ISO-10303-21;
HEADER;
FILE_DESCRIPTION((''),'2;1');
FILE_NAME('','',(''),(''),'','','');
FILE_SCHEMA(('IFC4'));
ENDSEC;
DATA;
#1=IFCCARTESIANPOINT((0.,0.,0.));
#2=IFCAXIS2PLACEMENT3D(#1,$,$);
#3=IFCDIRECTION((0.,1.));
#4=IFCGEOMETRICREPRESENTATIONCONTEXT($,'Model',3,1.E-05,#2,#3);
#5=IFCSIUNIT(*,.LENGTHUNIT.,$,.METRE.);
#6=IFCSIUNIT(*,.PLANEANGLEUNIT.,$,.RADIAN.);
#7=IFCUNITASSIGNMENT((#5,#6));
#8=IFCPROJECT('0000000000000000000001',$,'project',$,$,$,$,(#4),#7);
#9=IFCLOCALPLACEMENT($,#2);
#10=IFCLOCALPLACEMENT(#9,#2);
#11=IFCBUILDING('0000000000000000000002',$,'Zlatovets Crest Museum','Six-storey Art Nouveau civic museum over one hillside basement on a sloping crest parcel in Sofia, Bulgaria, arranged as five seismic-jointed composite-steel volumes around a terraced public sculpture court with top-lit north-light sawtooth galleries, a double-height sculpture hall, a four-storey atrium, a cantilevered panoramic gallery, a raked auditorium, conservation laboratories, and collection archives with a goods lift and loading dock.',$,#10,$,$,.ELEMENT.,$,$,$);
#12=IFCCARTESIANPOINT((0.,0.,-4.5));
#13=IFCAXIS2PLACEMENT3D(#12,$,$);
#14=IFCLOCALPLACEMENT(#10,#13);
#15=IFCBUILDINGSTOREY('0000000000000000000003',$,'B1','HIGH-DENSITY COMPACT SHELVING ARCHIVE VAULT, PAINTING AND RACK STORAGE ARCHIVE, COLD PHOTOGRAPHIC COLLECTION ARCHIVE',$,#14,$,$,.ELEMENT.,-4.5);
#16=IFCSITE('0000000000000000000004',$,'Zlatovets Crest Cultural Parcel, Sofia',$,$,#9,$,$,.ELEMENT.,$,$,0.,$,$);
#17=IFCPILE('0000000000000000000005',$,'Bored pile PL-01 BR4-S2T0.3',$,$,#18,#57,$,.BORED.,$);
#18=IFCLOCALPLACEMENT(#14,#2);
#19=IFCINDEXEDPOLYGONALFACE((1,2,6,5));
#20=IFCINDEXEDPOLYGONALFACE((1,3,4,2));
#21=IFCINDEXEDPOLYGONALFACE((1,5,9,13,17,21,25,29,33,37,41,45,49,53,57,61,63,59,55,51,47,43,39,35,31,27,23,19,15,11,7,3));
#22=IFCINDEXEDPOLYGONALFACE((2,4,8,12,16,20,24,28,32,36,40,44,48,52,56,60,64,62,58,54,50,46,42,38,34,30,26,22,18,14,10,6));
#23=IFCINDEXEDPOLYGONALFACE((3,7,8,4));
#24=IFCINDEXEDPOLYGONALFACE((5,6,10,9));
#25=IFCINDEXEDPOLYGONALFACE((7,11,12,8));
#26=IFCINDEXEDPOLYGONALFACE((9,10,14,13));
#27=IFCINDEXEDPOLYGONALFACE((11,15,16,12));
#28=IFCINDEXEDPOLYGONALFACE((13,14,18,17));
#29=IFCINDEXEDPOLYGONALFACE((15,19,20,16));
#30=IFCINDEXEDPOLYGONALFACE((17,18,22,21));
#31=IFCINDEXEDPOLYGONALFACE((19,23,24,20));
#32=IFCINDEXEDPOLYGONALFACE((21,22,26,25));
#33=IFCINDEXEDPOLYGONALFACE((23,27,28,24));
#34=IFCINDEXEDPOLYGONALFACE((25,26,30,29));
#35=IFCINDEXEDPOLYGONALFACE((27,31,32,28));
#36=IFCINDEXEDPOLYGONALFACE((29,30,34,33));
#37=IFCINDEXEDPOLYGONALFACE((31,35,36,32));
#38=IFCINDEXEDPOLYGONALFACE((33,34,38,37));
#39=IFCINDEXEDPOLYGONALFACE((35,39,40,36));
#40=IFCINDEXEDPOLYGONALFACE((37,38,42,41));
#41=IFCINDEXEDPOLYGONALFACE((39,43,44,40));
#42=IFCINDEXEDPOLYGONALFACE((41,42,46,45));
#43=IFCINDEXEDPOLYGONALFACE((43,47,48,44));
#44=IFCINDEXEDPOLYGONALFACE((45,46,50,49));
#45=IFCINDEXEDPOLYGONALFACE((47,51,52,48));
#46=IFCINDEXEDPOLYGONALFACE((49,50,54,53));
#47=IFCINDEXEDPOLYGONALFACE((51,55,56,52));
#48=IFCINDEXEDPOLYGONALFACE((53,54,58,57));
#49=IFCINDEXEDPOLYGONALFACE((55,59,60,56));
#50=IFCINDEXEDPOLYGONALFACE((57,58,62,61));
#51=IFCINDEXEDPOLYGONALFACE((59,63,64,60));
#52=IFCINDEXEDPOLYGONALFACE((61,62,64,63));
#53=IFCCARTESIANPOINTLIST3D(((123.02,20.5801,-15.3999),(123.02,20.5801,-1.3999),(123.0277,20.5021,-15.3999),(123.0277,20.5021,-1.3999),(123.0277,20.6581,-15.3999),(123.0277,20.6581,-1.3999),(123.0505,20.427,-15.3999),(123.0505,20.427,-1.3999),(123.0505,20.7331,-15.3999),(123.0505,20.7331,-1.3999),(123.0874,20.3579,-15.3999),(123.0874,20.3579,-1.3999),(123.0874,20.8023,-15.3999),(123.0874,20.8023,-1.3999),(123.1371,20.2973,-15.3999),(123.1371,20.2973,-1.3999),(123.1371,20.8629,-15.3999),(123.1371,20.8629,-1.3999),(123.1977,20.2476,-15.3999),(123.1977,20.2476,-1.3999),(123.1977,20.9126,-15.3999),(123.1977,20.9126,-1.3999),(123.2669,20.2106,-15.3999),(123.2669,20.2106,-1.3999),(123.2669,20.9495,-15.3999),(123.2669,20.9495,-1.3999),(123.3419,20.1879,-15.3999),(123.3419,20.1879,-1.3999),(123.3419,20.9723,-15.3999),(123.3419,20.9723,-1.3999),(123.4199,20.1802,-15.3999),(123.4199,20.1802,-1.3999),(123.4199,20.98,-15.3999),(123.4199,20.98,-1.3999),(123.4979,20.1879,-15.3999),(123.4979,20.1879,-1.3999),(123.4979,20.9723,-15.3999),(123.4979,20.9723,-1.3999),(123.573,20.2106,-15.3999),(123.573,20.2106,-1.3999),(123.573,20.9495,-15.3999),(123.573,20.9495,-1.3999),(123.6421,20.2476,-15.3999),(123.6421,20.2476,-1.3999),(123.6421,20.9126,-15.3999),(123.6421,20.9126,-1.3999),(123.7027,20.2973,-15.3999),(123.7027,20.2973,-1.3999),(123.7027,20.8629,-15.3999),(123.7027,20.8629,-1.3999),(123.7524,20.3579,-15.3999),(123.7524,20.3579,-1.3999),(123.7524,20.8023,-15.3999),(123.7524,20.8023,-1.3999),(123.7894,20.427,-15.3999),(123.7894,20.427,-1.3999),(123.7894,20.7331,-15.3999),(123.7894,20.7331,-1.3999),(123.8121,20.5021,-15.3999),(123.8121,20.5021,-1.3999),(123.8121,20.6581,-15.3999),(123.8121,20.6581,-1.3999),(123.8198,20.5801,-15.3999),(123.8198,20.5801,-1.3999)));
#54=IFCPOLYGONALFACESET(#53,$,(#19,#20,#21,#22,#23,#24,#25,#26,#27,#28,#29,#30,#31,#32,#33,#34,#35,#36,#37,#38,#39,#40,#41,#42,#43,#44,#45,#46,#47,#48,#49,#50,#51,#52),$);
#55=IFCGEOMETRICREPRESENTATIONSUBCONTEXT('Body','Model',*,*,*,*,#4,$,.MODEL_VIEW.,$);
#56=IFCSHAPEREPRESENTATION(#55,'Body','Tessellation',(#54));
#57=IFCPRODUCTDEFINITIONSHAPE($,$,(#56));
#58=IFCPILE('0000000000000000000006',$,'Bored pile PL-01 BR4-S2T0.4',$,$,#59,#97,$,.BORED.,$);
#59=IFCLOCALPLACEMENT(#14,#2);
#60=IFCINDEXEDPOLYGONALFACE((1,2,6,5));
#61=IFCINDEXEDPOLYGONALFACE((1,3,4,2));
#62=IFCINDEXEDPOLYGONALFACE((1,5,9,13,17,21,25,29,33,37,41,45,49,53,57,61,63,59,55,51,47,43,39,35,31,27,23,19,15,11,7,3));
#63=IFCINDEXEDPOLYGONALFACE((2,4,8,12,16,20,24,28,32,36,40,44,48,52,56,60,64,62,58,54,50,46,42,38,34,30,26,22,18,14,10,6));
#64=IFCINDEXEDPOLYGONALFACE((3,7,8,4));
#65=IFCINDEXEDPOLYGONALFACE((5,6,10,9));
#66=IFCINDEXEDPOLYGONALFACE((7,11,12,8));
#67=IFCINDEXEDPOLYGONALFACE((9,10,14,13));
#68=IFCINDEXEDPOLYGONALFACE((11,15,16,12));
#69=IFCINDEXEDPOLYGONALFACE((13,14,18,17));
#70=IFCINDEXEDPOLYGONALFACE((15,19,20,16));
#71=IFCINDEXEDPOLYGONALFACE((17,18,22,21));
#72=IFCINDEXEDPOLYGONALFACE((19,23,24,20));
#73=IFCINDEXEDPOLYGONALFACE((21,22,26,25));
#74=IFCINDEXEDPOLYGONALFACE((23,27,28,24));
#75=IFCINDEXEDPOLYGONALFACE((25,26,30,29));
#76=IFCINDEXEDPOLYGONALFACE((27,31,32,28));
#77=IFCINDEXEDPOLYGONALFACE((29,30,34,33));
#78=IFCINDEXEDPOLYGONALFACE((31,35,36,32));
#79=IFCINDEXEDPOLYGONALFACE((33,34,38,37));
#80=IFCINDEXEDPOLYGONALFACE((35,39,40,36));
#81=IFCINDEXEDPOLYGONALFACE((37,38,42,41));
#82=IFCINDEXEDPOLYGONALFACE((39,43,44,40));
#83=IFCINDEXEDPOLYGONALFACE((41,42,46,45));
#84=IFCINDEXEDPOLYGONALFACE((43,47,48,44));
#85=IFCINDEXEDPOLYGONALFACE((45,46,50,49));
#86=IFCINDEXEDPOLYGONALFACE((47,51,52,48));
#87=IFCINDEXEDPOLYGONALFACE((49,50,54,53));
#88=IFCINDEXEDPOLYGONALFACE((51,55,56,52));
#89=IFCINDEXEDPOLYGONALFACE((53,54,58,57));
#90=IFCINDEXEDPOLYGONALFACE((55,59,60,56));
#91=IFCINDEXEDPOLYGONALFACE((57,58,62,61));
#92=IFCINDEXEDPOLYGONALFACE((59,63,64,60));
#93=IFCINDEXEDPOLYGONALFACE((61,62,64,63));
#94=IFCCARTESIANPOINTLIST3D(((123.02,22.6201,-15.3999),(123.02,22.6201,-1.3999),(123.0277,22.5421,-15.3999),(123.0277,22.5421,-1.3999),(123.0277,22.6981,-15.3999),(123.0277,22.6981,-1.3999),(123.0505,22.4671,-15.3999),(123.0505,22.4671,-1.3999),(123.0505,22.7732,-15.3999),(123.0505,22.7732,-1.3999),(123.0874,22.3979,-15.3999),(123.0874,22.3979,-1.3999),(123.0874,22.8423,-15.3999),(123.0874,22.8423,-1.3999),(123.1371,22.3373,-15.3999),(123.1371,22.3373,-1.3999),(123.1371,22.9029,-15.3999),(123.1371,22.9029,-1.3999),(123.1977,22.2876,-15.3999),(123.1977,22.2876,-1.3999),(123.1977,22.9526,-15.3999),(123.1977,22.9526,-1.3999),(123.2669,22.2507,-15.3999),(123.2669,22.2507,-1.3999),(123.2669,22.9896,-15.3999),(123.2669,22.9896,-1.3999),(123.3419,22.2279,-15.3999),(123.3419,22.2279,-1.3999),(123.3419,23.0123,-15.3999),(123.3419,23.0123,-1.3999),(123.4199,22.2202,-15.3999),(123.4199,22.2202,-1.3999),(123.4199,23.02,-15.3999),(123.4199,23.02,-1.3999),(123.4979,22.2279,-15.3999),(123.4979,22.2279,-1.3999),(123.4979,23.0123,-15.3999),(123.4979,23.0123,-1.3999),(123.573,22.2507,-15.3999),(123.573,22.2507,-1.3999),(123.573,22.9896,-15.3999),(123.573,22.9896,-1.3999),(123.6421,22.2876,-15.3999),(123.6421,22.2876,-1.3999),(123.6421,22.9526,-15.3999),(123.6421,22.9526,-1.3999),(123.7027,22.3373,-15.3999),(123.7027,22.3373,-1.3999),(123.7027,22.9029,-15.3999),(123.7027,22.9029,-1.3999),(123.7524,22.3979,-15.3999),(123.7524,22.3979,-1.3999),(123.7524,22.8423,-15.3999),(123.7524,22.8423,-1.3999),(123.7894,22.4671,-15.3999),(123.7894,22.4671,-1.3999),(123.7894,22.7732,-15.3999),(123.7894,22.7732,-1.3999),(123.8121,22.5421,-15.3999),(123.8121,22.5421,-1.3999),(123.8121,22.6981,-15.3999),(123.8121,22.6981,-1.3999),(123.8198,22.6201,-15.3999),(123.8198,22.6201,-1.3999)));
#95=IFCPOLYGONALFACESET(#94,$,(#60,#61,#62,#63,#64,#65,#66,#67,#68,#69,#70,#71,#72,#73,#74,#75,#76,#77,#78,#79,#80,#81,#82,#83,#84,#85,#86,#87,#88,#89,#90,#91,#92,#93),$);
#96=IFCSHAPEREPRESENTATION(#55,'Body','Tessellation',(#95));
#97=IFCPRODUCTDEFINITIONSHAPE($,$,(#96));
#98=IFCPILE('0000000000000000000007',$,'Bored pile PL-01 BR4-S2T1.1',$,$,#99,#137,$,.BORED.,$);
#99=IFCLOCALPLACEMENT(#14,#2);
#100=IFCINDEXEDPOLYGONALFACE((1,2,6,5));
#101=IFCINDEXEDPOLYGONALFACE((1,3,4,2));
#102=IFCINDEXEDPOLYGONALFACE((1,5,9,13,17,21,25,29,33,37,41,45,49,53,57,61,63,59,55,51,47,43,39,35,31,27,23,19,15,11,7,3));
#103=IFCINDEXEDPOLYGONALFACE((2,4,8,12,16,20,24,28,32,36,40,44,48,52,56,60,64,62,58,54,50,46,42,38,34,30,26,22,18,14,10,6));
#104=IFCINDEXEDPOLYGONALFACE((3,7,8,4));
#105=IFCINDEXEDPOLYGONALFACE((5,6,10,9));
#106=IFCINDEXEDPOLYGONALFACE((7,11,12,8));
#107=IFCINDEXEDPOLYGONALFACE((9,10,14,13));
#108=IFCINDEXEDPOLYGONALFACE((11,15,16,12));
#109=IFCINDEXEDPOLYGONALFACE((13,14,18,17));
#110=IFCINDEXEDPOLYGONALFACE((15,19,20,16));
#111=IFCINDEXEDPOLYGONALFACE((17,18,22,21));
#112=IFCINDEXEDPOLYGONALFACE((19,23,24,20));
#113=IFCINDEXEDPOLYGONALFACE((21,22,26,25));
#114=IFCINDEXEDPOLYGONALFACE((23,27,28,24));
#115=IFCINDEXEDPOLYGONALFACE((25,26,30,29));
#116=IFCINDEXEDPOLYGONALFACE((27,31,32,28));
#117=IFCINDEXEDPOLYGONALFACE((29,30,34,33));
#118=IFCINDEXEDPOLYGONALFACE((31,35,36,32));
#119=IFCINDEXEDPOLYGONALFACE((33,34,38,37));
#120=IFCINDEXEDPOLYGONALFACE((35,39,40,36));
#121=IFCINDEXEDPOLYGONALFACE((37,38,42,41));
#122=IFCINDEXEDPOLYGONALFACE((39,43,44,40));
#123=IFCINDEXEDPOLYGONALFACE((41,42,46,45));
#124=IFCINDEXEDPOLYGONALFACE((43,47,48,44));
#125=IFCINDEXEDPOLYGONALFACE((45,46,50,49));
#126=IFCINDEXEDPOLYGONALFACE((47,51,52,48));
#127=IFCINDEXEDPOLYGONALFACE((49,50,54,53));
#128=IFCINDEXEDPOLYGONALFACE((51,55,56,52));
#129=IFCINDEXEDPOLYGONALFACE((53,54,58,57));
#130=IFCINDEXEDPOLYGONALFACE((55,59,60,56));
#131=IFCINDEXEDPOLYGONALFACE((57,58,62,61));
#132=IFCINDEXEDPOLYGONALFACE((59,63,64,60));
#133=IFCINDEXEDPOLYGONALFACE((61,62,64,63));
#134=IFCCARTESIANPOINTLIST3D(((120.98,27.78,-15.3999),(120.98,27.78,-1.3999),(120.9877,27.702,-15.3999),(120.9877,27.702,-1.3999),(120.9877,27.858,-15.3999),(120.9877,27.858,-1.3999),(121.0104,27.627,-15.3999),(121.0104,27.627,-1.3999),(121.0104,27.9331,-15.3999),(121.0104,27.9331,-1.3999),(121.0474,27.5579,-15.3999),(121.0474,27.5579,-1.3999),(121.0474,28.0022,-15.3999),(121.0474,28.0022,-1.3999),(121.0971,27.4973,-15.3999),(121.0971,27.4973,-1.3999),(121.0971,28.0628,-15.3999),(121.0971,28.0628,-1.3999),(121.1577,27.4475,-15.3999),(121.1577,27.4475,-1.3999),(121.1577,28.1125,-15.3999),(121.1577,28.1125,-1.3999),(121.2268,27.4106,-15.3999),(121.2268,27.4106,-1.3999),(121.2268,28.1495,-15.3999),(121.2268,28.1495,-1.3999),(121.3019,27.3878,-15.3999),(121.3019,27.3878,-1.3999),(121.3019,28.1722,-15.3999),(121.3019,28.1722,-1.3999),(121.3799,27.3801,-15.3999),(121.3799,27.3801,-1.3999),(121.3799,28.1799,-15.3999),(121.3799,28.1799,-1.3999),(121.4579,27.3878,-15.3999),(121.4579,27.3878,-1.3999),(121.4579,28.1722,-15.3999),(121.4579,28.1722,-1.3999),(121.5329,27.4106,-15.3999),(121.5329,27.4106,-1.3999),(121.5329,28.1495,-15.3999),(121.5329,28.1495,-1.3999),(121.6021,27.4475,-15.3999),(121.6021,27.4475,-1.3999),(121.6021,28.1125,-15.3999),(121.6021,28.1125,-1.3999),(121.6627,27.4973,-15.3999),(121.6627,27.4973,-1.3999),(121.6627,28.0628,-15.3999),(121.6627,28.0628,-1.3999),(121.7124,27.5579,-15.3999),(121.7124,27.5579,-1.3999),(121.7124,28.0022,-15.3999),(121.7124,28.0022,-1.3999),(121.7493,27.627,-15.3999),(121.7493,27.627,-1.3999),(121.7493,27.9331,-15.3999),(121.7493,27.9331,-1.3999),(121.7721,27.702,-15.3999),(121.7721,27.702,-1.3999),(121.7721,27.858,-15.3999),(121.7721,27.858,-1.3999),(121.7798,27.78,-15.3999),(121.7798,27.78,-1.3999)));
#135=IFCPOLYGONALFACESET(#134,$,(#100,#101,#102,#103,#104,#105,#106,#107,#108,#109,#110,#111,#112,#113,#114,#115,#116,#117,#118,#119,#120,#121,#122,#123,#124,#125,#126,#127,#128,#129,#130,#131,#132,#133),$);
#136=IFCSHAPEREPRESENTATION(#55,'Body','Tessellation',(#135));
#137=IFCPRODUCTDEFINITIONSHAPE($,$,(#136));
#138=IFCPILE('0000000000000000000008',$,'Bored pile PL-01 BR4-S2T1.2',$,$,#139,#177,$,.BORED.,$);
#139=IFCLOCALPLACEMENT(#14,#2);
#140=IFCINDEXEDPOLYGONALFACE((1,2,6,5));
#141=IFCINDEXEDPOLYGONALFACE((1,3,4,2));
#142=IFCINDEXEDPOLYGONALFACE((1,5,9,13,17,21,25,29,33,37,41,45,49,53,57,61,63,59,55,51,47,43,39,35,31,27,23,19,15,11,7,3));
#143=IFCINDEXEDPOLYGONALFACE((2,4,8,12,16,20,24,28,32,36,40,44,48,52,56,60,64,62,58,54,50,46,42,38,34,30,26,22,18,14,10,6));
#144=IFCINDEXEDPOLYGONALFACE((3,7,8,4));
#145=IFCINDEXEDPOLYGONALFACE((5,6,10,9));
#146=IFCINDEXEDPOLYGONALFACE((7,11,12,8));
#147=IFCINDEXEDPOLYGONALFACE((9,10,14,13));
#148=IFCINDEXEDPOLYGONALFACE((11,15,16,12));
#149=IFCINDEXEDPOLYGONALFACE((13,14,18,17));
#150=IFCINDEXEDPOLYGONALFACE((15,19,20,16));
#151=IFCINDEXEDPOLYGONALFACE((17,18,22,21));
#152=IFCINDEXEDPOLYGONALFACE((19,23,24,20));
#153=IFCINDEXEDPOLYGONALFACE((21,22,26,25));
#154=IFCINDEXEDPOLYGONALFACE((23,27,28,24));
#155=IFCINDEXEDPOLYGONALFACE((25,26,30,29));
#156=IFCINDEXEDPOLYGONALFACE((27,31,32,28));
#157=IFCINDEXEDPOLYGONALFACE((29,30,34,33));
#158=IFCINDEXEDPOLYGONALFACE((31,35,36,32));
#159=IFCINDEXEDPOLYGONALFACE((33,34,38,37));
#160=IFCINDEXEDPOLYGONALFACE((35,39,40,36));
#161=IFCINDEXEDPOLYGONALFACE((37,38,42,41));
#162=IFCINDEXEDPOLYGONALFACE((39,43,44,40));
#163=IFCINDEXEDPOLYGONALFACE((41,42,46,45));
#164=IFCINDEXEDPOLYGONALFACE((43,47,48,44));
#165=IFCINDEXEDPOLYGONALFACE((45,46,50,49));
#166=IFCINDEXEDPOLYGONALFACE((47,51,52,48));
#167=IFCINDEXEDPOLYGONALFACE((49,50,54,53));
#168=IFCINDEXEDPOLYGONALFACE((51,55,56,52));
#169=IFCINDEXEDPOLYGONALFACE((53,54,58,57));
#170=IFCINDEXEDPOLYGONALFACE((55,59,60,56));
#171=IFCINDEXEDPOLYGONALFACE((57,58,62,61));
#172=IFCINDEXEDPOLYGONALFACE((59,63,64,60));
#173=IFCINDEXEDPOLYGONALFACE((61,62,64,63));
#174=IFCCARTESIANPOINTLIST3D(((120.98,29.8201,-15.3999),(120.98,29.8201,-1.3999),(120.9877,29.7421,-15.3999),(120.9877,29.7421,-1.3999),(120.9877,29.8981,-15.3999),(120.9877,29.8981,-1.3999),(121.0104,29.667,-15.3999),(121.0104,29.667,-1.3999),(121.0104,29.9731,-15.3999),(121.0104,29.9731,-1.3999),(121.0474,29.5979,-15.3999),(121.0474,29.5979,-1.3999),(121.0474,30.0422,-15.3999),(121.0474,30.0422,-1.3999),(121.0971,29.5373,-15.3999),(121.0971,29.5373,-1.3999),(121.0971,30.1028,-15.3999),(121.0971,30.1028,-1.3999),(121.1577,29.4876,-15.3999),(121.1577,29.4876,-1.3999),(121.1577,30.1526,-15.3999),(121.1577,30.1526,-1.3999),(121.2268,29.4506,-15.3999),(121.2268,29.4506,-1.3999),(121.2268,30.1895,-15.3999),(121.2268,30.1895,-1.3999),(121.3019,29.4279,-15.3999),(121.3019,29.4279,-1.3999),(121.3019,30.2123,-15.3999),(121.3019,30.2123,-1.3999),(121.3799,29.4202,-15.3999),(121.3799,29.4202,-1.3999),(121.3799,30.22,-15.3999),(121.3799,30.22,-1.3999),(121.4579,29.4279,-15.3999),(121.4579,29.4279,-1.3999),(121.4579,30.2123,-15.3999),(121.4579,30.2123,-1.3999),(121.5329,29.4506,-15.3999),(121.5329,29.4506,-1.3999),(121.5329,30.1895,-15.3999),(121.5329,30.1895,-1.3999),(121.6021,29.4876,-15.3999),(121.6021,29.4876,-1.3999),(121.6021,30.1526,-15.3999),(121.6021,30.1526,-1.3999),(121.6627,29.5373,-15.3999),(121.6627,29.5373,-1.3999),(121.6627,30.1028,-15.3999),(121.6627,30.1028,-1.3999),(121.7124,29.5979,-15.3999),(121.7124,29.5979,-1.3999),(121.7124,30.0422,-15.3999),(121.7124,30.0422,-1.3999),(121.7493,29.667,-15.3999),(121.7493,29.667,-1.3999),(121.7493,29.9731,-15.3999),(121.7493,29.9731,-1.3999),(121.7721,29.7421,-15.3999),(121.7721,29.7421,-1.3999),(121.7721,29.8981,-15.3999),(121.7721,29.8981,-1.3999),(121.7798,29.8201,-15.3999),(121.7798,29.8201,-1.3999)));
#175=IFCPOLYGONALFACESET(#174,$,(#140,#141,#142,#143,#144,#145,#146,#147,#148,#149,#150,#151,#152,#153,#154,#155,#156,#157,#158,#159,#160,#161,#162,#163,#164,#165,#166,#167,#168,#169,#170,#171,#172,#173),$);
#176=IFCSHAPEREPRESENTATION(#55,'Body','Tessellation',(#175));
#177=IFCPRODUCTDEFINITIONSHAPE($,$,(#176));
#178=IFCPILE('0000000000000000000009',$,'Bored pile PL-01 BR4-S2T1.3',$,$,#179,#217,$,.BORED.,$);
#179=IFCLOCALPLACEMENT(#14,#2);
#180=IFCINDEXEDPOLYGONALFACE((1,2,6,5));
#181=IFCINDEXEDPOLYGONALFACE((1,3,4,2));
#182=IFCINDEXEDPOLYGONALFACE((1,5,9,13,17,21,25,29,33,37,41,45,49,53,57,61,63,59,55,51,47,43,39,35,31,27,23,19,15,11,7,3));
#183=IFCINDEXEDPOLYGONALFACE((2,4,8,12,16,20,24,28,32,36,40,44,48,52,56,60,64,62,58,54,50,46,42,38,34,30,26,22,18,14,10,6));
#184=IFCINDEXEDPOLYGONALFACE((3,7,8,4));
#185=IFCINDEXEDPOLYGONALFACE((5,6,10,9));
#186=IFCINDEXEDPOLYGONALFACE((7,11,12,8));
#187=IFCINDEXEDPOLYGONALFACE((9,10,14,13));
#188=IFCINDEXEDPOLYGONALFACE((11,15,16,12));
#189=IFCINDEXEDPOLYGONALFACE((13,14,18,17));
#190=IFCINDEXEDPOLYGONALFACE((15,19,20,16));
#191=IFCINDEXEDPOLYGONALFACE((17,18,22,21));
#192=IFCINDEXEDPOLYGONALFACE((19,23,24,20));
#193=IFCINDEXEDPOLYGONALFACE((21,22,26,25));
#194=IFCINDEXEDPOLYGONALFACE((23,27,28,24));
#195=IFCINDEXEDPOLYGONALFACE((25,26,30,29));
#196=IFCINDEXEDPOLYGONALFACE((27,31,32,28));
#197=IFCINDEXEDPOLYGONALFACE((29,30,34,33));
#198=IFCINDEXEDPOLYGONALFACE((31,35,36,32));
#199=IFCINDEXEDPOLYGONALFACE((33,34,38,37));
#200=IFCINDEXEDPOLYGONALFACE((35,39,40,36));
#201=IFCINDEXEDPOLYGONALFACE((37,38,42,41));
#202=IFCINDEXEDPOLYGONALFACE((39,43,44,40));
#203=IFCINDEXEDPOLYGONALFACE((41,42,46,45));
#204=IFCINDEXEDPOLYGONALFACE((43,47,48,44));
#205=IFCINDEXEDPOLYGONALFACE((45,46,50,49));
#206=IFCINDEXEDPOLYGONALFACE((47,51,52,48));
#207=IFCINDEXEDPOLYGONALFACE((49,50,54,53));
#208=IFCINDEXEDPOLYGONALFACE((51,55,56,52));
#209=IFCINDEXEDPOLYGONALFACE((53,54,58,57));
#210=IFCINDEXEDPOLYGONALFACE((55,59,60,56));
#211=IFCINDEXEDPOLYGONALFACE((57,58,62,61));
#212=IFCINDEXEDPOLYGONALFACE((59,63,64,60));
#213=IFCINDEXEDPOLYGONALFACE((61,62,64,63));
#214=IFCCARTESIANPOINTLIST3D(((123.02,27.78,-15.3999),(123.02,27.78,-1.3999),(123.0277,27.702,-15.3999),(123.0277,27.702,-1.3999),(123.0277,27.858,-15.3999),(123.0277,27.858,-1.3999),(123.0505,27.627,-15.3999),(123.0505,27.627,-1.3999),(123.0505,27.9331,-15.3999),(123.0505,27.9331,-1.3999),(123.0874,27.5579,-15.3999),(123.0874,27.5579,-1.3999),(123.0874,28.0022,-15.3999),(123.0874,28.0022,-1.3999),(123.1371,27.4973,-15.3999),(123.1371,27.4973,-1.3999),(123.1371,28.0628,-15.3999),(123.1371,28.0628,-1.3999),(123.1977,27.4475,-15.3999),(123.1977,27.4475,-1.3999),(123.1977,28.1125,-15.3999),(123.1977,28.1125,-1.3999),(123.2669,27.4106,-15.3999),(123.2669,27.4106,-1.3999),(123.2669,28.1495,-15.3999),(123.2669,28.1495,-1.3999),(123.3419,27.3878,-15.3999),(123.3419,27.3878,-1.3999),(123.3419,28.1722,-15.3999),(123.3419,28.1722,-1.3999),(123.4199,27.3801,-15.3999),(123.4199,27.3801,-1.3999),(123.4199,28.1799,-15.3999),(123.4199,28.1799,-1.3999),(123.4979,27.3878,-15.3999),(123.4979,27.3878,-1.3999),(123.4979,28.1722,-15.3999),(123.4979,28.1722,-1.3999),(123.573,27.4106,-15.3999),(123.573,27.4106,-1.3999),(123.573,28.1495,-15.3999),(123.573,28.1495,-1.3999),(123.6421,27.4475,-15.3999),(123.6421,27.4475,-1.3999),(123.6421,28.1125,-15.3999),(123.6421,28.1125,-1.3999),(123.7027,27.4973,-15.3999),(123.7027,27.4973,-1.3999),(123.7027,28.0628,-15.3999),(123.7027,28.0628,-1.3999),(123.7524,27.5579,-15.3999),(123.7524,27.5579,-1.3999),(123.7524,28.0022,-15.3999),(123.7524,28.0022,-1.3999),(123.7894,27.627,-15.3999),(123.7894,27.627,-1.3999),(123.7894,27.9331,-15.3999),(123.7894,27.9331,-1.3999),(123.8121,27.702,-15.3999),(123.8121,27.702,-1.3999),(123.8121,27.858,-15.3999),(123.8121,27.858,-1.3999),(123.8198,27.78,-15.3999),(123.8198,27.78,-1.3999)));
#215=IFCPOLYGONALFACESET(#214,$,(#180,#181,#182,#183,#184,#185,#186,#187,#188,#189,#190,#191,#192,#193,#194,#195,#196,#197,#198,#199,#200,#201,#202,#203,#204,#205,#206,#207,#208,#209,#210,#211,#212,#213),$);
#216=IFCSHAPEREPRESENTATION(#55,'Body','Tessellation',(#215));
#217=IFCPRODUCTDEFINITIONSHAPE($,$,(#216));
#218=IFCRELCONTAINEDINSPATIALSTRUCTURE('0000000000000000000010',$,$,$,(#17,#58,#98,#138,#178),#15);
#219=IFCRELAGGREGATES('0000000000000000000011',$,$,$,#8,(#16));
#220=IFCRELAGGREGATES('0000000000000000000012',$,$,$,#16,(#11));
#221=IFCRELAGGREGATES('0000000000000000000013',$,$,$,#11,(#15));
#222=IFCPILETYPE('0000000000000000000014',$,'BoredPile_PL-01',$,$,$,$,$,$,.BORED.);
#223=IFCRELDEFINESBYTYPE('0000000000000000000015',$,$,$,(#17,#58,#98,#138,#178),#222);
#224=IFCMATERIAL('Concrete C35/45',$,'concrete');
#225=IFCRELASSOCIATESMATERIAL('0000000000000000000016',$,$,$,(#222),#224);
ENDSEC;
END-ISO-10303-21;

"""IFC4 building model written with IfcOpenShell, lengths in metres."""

from ifc_helpers import new_model, si_unit, direction, frame, origin, origin_2d, place, context, subcontext, project, spatial, circle, extrude, material, material_profile, profile_set, type_object, element, save


model = new_model("IFC4")

# Units and contexts
model_context = context("Model", 3, precision=1e-05, world=origin(), true_north=direction((0.0, 1.0)))
body_context = subcontext(model_context, "Body", "Model", "MODEL_VIEW")
ifc_project = project(units=[si_unit("LENGTHUNIT", "METRE"), si_unit("PLANEANGLEUNIT", "RADIAN")], contexts=[model_context])

# Site, building, storey
site_placement = place(None, origin())
site = spatial("IfcSite", under=ifc_project, at=site_placement, Name="Zlatovets Crest Cultural Parcel, Sofia", CompositionType="ELEMENT", RefElevation=0.0)
building_placement = place(site_placement, origin())
building = spatial("IfcBuilding", under=site, at=building_placement, Name="Zlatovets Crest Museum", Description="Six-storey Art Nouveau civic museum over one hillside basement on a sloping crest parcel in Sofia, Bulgaria, arranged as five seismic-jointed composite-steel volumes around a terraced public sculpture court with top-lit north-light sawtooth galleries, a double-height sculpture hall, a four-storey atrium, a cantilevered panoramic gallery, a raked auditorium, conservation laboratories, and collection archives with a goods lift and loading dock.", CompositionType="ELEMENT")
storey_placement = place(building_placement, frame((0.0, 0.0, -4.5)))
storey = spatial("IfcBuildingStorey", under=building, at=storey_placement, Name="B1", Description="HIGH-DENSITY COMPACT SHELVING ARCHIVE VAULT, PAINTING AND RACK STORAGE ARCHIVE, COLD PHOTOGRAPHIC COLLECTION ARCHIVE", CompositionType="ELEMENT", Elevation=-4.5)

# Piles
ifc_material_1 = material(Name="Concrete C35/45", Category="concrete")
ifc_material_profile_1 = material_profile(ifc_material_1, circle(Radius=0.3999, at=origin_2d()), Name="PILE D800")
ifc_profile_set_1 = profile_set([ifc_material_profile_1], Name="Concrete C35/45")
pile_type_1 = type_object("IfcPileType", Name="BoredPile_PL-01", PredefinedType="BORED", material=ifc_profile_set_1)
for number, where, z_axis, x_axis, name in (
    (1, (123.4199, 20.5801, -1.3999), (0.0, 0.0, -1.0), (1.0, 0.0, 0.0), "Bored pile PL-01 BR4-S2T0.3"),
    (2, (123.4199, 22.6201, -1.3999), (0.0, 0.0, -1.0), (1.0, 0.0, 0.0), "Bored pile PL-01 BR4-S2T0.4"),
    (3, (121.3799, 27.78, -1.3999), (0.0, 0.0, -1.0), (1.0, 0.0, 0.0), "Bored pile PL-01 BR4-S2T1.1"),
    (4, (121.3799, 29.8201, -1.3999), (0.0, 0.0, -1.0), (1.0, 0.0, 0.0), "Bored pile PL-01 BR4-S2T1.2"),
    (5, (123.4199, 27.78, -1.3999), (0.0, 0.0, -1.0), (1.0, 0.0, 0.0), "Bored pile PL-01 BR4-S2T1.3"),
):
    element("IfcPile", number, at=place(storey_placement, frame(where, z_axis=z_axis, x_axis=x_axis)), inside=storey, type_object=pile_type_1, Name=name, PredefinedType="BORED", context=body_context, shape_type="SweptSolid", body=[
        extrude(circle(Radius=0.3999, at=origin_2d()), origin(), (0.0, 0.0, 1.0), 14.0),
    ])

save(model, "model.ifc")
